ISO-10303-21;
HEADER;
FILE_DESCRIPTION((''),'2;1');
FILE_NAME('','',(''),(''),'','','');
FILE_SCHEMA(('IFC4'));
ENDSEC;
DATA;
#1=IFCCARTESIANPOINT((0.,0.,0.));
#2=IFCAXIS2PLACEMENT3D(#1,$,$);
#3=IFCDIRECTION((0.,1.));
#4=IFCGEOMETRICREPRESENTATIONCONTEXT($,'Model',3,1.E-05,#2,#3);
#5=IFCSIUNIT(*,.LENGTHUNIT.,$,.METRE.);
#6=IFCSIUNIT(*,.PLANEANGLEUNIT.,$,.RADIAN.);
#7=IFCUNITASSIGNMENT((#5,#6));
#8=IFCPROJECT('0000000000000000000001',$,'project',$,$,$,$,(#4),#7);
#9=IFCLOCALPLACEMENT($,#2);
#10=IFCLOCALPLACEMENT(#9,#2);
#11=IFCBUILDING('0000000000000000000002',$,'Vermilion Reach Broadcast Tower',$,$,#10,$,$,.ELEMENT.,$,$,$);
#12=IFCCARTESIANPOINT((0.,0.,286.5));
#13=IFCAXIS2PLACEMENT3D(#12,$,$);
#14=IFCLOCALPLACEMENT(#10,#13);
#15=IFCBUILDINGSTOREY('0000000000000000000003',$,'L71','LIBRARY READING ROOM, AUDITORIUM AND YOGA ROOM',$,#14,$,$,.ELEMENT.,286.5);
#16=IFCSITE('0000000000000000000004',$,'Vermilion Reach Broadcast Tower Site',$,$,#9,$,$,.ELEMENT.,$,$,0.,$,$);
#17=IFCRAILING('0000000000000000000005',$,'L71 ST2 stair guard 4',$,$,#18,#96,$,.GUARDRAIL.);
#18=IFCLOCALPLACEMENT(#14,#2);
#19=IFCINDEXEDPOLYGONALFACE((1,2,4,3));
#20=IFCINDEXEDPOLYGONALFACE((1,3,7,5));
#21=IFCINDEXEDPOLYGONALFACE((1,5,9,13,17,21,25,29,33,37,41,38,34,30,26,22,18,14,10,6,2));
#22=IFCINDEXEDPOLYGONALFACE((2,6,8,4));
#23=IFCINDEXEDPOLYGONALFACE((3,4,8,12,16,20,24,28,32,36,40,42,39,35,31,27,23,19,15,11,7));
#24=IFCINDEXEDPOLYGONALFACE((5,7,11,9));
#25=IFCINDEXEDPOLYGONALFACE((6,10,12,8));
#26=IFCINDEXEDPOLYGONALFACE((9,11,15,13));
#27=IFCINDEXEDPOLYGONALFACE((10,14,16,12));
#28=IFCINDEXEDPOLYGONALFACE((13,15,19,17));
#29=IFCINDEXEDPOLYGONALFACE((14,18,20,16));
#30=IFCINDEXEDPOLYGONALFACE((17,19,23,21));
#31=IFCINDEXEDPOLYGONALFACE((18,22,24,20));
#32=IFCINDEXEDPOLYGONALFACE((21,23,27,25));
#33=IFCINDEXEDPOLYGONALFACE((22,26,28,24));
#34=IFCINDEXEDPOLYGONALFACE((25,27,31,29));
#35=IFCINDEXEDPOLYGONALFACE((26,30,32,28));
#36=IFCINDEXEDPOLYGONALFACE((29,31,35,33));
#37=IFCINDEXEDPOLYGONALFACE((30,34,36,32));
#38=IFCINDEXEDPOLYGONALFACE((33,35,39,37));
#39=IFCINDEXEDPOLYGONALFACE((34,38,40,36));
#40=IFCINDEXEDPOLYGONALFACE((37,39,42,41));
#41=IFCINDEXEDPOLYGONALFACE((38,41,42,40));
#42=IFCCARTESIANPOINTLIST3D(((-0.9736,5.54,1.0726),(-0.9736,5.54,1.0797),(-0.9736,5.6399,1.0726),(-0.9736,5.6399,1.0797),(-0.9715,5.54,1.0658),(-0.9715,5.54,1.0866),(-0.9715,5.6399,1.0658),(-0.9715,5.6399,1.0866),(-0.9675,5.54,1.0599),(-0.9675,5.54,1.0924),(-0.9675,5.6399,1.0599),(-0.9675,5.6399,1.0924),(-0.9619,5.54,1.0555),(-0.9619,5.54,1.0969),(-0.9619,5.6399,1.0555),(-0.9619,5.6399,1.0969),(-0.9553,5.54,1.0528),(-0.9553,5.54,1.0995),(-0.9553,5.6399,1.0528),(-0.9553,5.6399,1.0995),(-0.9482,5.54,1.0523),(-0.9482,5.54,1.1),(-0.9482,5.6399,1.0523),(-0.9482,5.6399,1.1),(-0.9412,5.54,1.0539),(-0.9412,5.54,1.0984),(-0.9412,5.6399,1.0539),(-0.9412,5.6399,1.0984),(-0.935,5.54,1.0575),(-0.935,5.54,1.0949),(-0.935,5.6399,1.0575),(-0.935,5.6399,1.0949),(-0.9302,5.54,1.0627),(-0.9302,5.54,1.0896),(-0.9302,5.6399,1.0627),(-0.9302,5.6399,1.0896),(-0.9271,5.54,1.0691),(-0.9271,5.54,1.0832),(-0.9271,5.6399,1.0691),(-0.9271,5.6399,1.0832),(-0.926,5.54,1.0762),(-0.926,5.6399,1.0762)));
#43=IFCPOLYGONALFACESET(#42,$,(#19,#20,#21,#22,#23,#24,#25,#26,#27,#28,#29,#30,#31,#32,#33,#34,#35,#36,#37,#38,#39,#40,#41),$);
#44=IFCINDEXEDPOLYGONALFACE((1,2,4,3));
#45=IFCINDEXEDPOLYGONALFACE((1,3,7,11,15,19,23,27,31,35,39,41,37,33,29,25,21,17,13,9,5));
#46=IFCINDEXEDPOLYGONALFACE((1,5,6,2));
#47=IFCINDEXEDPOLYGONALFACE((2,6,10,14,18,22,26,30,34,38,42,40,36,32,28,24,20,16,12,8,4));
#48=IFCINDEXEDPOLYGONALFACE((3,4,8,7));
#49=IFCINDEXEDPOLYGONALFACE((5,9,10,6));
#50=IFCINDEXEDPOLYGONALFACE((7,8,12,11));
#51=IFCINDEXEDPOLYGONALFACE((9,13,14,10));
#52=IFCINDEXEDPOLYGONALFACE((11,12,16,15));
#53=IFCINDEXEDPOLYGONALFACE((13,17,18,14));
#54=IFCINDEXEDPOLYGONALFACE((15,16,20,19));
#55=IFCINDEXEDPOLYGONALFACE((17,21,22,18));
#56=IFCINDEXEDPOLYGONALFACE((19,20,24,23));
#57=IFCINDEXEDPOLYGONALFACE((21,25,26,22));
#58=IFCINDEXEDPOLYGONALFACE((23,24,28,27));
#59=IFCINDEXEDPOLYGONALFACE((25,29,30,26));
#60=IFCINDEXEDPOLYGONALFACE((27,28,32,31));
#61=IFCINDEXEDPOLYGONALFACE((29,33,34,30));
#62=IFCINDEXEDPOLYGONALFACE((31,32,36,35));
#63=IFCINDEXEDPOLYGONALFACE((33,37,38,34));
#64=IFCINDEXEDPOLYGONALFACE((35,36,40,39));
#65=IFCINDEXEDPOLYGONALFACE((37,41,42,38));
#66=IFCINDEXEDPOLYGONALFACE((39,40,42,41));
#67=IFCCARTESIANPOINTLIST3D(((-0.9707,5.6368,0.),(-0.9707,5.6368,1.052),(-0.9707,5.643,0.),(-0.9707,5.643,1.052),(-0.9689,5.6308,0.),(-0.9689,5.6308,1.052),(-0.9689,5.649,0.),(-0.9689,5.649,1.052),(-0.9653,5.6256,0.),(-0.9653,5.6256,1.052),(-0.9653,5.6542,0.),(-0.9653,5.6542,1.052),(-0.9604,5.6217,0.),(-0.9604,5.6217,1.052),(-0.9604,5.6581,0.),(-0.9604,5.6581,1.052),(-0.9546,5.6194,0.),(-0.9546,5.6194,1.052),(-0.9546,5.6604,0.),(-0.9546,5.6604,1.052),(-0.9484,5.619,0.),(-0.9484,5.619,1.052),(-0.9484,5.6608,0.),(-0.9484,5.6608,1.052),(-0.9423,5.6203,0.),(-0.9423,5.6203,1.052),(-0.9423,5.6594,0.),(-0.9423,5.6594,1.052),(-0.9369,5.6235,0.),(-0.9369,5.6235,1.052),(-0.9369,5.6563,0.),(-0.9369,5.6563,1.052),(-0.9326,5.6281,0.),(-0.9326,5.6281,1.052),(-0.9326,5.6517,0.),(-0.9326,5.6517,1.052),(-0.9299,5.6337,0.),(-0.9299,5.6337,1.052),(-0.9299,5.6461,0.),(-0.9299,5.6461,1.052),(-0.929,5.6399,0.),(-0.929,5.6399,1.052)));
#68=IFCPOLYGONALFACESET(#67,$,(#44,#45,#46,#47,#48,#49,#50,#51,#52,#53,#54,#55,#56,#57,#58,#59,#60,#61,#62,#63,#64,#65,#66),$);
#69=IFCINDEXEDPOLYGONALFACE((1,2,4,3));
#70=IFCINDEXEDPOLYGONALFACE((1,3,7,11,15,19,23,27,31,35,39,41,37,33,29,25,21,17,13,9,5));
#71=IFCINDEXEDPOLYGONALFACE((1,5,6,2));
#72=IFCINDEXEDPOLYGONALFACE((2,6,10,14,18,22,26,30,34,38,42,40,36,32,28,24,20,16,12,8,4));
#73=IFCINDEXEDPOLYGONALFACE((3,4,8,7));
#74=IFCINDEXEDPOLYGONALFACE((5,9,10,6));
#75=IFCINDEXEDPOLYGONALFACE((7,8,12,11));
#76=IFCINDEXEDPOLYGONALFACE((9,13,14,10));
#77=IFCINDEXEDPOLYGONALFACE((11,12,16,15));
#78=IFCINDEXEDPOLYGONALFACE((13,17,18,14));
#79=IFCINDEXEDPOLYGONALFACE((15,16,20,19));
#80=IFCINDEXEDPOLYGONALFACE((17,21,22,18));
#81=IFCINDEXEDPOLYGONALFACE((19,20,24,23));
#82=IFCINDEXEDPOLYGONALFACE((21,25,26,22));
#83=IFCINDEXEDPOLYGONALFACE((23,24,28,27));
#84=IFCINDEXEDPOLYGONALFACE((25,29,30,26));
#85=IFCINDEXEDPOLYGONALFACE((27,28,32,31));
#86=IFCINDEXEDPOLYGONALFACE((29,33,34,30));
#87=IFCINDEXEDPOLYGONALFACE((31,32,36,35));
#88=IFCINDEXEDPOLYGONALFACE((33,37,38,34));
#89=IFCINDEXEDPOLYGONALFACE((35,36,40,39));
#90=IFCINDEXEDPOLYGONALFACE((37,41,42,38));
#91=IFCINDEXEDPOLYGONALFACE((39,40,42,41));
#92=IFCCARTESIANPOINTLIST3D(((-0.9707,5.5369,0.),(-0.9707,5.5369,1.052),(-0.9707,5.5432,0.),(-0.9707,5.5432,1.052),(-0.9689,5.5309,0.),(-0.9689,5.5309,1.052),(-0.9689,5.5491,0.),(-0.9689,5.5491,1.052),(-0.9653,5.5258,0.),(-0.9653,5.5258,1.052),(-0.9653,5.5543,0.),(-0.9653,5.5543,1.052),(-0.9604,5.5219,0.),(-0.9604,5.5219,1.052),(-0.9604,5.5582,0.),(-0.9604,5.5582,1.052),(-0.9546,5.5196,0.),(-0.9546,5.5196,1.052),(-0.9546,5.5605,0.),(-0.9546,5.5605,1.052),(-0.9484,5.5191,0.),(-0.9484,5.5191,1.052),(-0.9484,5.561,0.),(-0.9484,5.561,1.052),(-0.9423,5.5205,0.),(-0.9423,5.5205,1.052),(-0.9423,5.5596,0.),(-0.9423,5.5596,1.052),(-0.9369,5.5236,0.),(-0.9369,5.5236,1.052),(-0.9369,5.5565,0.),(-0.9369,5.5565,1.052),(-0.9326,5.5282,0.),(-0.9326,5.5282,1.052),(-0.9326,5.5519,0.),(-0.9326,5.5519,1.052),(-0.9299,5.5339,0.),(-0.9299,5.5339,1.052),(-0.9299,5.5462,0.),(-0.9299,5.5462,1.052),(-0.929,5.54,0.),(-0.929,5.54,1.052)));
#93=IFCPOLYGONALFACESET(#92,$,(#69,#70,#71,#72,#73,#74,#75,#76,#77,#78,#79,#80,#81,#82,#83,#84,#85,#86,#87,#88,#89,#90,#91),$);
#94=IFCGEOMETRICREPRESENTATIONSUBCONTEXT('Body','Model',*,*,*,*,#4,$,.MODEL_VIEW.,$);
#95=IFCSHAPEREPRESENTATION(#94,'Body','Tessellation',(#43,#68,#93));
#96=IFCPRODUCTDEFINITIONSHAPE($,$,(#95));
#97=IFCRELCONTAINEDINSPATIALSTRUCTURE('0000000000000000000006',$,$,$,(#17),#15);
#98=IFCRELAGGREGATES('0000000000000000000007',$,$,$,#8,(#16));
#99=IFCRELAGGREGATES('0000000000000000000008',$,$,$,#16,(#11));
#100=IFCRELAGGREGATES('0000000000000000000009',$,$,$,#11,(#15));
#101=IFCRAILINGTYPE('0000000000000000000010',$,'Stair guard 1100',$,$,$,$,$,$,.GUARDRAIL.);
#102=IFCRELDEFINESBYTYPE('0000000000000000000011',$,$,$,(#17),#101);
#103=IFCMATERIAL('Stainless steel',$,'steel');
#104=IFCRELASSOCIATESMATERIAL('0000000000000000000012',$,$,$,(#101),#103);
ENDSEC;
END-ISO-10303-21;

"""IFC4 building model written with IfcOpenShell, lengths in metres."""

from ifc_helpers import new_model, si_unit, direction, frame, origin, origin_2d, place, context, subcontext, project, spatial, circle, extrude, material, type_object, element, save


model = new_model("IFC4")

# Units and contexts
model_context = context("Model", 3, precision=1e-05, world=origin(), true_north=direction((0.0, 1.0)))
body_context = subcontext(model_context, "Body", "Model", "MODEL_VIEW")
ifc_project = project(units=[si_unit("LENGTHUNIT", "METRE"), si_unit("PLANEANGLEUNIT", "RADIAN")], contexts=[model_context])

# Site, building, storey
site_placement = place(None, origin())
site = spatial("IfcSite", under=ifc_project, at=site_placement, Name="Vermilion Reach Broadcast Tower Site", CompositionType="ELEMENT", RefElevation=0.0)
building_placement = place(site_placement, origin())
building = spatial("IfcBuilding", under=site, at=building_placement, Name="Vermilion Reach Broadcast Tower", CompositionType="ELEMENT")
storey_placement = place(building_placement, frame((0.0, 0.0, 286.5)))
storey = spatial("IfcBuildingStorey", under=building, at=storey_placement, Name="L71", Description="LIBRARY READING ROOM, AUDITORIUM AND YOGA ROOM", CompositionType="ELEMENT", Elevation=286.5)

# Railing
ifc_material_1 = material(Name="Stainless steel", Category="steel")
railing_type_1 = type_object("IfcRailingType", Name="Stair guard 1100", PredefinedType="GUARDRAIL", material=ifc_material_1)
railing_1_placement = place(storey_placement, frame((-0.95, 5.6399, 0.0)))
element("IfcRailing", 1, at=railing_1_placement, inside=storey, type_object=railing_type_1, Name="L71 ST2 stair guard 4", PredefinedType="GUARDRAIL", context=body_context, shape_type="SweptSolid", body=[
    extrude(circle(Radius=0.0239, at=origin_2d()), frame((0.0, 0.0, 1.0762), z_axis=(0.0, -1.0, 0.0), x_axis=(1.0, 0.0, 0.0)), (0.0, 0.0, 1.0), 0.0999),
    extrude(circle(Radius=0.021, at=origin_2d()), origin(), (0.0, 0.0, 1.0), 1.052),
    extrude(circle(Radius=0.021, at=origin_2d()), frame((0.0, -0.0999, 0.0)), (0.0, 0.0, 1.0), 1.052),
])

save(model, "model.ifc")
